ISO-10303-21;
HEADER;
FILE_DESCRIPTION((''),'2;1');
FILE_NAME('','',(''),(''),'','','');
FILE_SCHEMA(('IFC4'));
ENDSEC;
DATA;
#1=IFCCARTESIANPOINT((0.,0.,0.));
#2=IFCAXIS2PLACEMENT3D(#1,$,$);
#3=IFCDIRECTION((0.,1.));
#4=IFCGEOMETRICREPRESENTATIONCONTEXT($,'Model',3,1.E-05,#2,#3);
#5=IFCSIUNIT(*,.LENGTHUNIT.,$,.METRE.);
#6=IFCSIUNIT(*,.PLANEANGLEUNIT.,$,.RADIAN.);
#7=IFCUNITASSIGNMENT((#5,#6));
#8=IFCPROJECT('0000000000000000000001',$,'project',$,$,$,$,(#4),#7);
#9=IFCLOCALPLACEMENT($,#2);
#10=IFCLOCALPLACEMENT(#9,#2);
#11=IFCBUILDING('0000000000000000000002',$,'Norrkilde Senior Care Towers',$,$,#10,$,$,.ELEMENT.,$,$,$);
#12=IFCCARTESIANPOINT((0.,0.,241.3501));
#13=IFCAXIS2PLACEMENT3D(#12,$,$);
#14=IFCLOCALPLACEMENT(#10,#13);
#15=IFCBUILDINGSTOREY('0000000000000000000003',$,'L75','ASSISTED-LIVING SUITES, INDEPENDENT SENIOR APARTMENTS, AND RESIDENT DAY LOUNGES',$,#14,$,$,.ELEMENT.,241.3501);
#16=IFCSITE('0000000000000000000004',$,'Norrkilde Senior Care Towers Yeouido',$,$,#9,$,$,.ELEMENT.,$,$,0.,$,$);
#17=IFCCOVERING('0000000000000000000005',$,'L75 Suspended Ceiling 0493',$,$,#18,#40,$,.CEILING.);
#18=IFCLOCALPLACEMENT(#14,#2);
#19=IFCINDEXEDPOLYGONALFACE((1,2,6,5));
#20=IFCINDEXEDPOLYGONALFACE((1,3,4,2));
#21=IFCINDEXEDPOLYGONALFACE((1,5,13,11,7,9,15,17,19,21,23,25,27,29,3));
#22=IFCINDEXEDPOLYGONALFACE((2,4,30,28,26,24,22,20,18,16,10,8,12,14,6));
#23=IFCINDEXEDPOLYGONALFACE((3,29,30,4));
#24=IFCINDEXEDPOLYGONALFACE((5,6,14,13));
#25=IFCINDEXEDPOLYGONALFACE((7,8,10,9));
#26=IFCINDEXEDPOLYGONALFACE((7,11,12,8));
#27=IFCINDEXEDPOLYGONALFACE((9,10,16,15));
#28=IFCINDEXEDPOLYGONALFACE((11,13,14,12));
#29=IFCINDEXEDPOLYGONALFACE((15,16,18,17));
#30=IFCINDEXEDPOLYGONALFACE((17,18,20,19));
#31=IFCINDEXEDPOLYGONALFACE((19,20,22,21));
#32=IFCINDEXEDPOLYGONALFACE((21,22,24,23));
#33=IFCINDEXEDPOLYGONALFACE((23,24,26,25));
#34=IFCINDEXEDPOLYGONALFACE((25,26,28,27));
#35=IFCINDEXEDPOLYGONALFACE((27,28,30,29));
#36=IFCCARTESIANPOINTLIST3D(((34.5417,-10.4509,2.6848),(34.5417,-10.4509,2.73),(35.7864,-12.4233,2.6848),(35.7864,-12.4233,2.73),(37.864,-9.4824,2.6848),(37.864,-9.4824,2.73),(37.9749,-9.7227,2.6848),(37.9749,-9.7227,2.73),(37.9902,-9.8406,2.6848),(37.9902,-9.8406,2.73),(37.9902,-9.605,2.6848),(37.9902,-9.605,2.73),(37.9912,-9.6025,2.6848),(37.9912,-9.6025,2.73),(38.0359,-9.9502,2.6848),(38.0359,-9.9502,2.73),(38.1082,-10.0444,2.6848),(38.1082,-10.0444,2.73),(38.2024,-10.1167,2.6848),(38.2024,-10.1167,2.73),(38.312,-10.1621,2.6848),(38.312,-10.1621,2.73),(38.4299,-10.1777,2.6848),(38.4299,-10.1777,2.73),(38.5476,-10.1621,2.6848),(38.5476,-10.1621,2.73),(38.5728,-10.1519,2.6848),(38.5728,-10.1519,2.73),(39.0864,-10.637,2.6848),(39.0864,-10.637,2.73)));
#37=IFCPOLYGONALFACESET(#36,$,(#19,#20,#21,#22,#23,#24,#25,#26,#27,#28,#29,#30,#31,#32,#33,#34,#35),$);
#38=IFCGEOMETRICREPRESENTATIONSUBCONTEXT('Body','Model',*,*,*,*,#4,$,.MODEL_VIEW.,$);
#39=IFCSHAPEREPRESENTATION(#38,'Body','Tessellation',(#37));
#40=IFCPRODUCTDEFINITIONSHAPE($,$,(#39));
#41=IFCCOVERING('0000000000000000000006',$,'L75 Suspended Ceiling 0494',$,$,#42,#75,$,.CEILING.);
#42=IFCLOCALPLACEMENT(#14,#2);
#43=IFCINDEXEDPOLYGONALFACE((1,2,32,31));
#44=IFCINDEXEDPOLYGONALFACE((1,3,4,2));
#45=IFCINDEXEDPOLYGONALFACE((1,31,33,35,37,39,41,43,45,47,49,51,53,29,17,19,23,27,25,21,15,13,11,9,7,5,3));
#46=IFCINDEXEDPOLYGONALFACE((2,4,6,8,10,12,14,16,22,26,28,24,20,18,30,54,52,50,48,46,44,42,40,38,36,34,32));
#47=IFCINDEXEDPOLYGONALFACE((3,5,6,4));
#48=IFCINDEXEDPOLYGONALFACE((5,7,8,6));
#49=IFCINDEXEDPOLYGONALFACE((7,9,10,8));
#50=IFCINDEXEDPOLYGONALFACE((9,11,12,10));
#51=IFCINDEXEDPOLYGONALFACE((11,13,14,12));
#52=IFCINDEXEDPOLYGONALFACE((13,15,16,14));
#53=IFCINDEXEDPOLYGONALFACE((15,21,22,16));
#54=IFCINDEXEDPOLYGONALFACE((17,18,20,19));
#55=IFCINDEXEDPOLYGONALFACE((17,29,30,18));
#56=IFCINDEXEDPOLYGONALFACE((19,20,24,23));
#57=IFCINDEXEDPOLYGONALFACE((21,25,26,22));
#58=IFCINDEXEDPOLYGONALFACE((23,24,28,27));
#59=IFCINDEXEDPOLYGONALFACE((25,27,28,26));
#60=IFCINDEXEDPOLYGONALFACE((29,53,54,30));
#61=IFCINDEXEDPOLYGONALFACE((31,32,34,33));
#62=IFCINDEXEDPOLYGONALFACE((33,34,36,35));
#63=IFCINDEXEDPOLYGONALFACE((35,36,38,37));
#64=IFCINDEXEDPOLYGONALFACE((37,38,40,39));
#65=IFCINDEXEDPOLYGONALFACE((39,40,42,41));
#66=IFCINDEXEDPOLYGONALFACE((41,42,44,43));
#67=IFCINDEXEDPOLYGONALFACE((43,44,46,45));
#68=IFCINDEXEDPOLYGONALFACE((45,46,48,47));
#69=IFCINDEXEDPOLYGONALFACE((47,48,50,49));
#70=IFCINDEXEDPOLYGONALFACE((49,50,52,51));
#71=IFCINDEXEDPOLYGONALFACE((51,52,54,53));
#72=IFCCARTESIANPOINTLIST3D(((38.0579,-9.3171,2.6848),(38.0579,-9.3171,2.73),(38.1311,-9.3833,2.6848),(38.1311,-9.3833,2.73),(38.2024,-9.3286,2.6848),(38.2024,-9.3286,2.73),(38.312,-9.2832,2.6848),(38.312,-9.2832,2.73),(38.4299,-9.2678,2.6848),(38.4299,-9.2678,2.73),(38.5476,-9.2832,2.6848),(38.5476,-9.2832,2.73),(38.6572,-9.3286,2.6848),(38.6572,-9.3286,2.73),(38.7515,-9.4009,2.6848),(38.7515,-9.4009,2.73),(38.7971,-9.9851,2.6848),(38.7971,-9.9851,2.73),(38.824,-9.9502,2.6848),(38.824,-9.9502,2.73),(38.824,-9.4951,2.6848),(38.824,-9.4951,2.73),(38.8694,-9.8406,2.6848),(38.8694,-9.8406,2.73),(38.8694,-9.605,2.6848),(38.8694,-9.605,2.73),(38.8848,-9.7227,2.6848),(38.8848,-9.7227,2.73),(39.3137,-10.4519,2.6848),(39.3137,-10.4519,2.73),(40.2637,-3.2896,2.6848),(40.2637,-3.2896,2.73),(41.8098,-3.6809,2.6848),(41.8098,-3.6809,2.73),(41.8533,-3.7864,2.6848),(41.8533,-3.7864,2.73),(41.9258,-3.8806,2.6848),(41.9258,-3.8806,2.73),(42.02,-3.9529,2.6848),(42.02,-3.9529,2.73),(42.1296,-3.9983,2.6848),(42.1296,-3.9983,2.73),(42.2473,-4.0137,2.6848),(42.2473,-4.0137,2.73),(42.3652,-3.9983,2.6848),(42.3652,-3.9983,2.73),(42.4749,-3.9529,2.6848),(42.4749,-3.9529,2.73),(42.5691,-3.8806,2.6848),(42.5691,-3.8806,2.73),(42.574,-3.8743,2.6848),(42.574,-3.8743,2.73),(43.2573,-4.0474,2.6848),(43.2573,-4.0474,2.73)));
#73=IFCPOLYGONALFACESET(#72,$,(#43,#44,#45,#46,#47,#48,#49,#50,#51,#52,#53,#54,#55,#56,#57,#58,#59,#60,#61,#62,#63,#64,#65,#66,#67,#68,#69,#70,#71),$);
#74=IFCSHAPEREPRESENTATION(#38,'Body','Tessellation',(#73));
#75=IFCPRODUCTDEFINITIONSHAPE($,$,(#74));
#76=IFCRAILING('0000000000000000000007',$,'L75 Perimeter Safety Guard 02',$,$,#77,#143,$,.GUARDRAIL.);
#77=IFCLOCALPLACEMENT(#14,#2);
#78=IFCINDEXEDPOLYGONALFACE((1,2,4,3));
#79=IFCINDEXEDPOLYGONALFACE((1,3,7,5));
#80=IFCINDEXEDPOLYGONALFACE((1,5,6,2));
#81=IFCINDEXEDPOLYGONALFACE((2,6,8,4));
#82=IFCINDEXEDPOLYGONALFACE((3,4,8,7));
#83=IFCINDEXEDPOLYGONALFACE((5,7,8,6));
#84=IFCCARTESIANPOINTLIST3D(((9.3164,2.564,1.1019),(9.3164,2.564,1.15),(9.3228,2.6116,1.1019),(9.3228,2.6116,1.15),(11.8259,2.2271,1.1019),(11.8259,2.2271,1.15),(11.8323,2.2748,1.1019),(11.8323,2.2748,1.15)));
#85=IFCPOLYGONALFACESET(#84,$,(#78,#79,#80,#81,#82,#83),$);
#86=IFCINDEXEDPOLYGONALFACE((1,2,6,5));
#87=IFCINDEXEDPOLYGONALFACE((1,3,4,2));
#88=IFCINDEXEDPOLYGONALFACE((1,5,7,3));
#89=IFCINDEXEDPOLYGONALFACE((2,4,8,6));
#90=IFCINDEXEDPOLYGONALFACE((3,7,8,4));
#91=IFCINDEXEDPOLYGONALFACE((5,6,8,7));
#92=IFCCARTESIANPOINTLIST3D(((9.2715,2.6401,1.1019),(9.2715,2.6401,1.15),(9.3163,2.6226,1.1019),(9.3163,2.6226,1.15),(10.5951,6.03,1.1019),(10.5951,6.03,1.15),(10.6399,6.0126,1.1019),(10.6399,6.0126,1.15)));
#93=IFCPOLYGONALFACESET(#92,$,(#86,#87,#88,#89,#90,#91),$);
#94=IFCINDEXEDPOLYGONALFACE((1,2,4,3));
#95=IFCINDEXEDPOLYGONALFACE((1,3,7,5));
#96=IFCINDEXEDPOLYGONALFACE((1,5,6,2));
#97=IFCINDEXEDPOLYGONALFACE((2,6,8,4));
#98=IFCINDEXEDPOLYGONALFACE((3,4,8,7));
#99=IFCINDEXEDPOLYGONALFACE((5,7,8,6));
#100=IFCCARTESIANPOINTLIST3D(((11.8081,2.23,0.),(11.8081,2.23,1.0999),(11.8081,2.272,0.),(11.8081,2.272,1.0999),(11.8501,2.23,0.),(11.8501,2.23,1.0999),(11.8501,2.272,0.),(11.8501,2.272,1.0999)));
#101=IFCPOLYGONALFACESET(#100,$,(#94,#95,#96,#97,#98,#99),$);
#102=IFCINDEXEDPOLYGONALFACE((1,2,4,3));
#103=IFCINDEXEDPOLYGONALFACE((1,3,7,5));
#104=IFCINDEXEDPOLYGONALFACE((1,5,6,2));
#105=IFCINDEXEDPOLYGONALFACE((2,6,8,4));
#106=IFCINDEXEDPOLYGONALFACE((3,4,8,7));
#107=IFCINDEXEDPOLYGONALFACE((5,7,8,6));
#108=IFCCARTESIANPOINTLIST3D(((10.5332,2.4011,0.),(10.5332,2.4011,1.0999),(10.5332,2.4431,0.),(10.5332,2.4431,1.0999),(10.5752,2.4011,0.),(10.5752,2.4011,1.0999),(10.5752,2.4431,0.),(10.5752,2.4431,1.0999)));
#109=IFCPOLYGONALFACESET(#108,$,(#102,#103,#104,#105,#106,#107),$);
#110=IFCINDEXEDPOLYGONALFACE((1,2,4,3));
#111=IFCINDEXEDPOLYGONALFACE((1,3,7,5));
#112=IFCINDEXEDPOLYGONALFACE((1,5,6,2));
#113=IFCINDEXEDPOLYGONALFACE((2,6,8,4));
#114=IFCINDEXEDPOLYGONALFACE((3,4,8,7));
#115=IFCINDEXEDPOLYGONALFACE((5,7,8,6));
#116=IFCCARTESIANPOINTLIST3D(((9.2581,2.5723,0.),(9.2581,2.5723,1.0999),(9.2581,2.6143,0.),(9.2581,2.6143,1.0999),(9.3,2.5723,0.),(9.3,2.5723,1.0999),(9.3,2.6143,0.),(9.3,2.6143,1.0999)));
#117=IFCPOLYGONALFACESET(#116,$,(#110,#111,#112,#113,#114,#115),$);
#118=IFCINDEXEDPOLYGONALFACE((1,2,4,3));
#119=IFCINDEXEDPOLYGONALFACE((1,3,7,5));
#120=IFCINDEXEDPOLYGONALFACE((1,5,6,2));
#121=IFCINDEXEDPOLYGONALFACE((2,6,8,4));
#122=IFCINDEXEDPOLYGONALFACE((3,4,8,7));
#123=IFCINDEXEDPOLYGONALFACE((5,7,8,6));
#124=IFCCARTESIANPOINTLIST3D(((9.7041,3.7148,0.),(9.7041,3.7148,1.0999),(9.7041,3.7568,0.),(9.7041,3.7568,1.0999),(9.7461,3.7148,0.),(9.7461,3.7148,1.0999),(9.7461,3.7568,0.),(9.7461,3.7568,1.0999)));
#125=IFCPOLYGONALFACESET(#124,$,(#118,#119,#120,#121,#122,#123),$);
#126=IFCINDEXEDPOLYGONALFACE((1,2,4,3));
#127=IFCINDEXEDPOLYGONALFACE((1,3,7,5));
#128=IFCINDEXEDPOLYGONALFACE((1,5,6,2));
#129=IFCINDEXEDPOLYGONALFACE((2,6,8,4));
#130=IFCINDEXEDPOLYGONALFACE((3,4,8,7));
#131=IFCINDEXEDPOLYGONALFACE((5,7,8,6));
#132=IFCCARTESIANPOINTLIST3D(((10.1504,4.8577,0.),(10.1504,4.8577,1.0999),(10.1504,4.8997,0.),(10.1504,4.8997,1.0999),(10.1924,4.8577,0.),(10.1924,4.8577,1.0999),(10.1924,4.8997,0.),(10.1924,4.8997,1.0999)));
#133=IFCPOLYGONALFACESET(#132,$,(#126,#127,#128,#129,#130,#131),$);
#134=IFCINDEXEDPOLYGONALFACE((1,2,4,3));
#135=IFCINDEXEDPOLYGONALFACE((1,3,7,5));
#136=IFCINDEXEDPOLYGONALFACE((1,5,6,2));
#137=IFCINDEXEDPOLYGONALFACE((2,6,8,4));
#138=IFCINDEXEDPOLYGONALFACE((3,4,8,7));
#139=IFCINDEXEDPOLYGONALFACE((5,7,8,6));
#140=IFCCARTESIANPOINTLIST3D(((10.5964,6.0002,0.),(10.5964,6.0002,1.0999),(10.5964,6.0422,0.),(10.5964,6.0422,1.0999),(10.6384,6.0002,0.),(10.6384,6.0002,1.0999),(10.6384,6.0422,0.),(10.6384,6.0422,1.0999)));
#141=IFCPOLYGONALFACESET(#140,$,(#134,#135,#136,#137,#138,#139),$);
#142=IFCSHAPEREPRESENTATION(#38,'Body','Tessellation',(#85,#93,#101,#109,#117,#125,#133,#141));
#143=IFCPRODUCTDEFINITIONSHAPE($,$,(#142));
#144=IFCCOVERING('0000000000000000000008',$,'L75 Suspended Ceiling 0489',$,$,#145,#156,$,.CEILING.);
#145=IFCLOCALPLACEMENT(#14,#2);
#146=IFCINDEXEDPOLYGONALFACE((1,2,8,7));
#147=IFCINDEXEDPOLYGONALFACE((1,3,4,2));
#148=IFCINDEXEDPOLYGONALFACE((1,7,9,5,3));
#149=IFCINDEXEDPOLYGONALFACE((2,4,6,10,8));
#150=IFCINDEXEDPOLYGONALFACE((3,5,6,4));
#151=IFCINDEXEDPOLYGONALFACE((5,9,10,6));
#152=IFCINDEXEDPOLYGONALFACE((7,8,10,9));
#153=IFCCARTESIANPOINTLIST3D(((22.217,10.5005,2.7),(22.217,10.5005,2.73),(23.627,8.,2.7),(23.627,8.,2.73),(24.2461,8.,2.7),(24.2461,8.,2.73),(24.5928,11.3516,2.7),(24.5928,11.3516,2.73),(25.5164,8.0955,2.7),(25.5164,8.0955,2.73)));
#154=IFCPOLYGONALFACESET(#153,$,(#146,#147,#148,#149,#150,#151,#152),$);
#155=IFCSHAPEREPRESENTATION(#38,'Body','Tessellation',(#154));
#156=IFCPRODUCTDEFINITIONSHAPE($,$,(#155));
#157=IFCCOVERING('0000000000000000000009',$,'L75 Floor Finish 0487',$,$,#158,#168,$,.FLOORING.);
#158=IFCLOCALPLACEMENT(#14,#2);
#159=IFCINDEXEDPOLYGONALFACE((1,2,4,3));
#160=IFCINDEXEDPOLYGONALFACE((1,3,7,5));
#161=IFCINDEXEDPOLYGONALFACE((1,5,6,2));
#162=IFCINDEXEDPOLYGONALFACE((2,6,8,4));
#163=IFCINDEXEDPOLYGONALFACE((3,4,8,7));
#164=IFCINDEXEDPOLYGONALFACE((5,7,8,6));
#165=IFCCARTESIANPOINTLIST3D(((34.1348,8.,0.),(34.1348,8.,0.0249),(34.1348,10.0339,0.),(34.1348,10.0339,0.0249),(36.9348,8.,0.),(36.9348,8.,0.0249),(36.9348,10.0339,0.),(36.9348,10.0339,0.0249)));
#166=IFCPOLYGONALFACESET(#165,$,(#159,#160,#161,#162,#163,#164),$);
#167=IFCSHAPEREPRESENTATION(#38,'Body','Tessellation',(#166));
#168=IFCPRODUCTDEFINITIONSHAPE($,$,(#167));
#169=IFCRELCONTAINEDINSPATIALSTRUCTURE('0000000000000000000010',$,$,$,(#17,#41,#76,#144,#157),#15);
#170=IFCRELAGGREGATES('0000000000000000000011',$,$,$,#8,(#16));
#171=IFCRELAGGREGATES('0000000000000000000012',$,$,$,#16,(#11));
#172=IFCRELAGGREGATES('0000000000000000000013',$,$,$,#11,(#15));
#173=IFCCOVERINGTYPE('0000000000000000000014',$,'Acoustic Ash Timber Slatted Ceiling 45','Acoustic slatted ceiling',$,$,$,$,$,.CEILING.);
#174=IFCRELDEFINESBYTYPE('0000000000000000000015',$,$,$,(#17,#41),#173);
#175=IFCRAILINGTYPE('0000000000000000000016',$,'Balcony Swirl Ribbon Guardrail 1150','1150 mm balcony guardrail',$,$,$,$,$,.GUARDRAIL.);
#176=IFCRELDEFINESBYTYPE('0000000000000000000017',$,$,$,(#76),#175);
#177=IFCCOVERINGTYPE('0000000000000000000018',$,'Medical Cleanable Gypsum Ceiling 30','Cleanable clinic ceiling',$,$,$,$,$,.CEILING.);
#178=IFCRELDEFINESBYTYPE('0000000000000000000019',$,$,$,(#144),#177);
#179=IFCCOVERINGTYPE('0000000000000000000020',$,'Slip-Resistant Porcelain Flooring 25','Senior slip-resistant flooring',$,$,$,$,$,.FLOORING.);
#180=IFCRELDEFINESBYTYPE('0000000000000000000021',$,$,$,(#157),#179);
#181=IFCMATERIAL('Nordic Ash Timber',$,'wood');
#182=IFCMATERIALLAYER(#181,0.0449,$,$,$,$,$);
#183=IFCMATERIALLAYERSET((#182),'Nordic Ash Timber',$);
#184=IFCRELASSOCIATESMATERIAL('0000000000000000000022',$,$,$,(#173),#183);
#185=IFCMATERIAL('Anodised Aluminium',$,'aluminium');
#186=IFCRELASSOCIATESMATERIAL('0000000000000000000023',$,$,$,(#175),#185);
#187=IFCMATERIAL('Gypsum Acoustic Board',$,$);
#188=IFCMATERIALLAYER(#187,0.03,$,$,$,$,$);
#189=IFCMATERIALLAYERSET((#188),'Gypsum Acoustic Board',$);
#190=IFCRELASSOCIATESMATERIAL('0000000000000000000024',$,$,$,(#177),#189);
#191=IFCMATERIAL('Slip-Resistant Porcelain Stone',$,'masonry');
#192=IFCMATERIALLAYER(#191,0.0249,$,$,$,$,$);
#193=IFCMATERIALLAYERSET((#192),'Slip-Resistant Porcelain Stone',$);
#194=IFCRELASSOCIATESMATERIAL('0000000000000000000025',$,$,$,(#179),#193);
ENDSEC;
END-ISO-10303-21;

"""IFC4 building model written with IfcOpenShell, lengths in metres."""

from ifc_helpers import new_model, si_unit, direction, frame, origin, origin_2d, place, context, subcontext, project, spatial, polyline, rectangle, outline, extrude, material, layer, layer_set, type_object, element, save


model = new_model("IFC4")

# Units and contexts
model_context = context("Model", 3, precision=1e-05, world=origin(), true_north=direction((0.0, 1.0)))
body_context = subcontext(model_context, "Body", "Model", "MODEL_VIEW")
ifc_project = project(units=[si_unit("LENGTHUNIT", "METRE"), si_unit("PLANEANGLEUNIT", "RADIAN")], contexts=[model_context])

# Site, building, storey
site_placement = place(None, origin())
site = spatial("IfcSite", under=ifc_project, at=site_placement, Name="Norrkilde Senior Care Towers Yeouido", CompositionType="ELEMENT", RefElevation=0.0)
building_placement = place(site_placement, origin())
building = spatial("IfcBuilding", under=site, at=building_placement, Name="Norrkilde Senior Care Towers", CompositionType="ELEMENT")
storey_placement = place(building_placement, frame((0.0, 0.0, 241.3501)))
storey = spatial("IfcBuildingStorey", under=building, at=storey_placement, Name="L75", Description="ASSISTED-LIVING SUITES, INDEPENDENT SENIOR APARTMENTS, AND RESIDENT DAY LOUNGES", CompositionType="ELEMENT", Elevation=241.3501)

# Shared definitions
ifc_material_1 = material(Name="Anodised Aluminium", Category="aluminium")

# Shared definitions
ifc_material_2 = material(Name="Gypsum Acoustic Board")
ifc_material_3 = material(Name="Nordic Ash Timber", Category="wood")

# Coverings
ifc_layer_1 = layer(ifc_material_3, 0.0449)
ifc_layer_set_1 = layer_set([ifc_layer_1], Name="Nordic Ash Timber")
covering_type_1 = type_object("IfcCoveringType", Name="Acoustic Ash Timber Slatted Ceiling 45", Description="Acoustic slatted ceiling", PredefinedType="CEILING", material=ifc_layer_set_1)
covering_1_placement = place(storey_placement, frame((0.0, 0.0, 2.6848)))
element("IfcCovering", 1, at=covering_1_placement, inside=storey, type_object=covering_type_1, Name="L75 Suspended Ceiling 0493", PredefinedType="CEILING", context=body_context, shape_type="SweptSolid", body=[
    extrude(outline(polyline([(37.9912, -9.6025), (37.9902, -9.605), (37.9749, -9.7227), (37.9902, -9.8406), (38.0359, -9.9502), (38.1082, -10.0444), (38.2024, -10.1167), (38.312, -10.1621), (38.4299, -10.1777), (38.5476, -10.1621), (38.5728, -10.1519), (39.0864, -10.637), (35.7864, -12.4233), (34.5417, -10.4509), (37.864, -9.4824), (37.9912, -9.6025)])), origin(), (0.0, 0.0, 1.0), 0.0452),
])
covering_2_placement = place(storey_placement, frame((0.0, 0.0, 2.6848)))
element("IfcCovering", 2, at=covering_2_placement, inside=storey, type_object=covering_type_1, Name="L75 Suspended Ceiling 0494", PredefinedType="CEILING", context=body_context, shape_type="SweptSolid", body=[
    extrude(outline(polyline([(39.3137, -10.4519), (38.7971, -9.9851), (38.824, -9.9502), (38.8694, -9.8406), (38.8848, -9.7227), (38.8694, -9.605), (38.824, -9.4951), (38.7515, -9.4009), (38.6572, -9.3286), (38.5476, -9.2832), (38.4299, -9.2678), (38.312, -9.2832), (38.2024, -9.3286), (38.1311, -9.3833), (38.0579, -9.3171), (40.2637, -3.2896), (41.8098, -3.6809), (41.8533, -3.7864), (41.9258, -3.8806), (42.02, -3.9529), (42.1296, -3.9983), (42.2473, -4.0137), (42.3652, -3.9983), (42.4749, -3.9529), (42.5691, -3.8806), (42.574, -3.8743), (43.2573, -4.0474), (39.3137, -10.4519)])), origin(), (0.0, 0.0, 1.0), 0.0452),
])

# Railing
railing_type = type_object("IfcRailingType", Name="Balcony Swirl Ribbon Guardrail 1150", Description="1150 mm balcony guardrail", PredefinedType="GUARDRAIL", material=ifc_material_1)
railing_1_placement = place(storey_placement, frame((11.8291, 2.251, 0.0)))
element("IfcRailing", 3, at=railing_1_placement, inside=storey, type_object=railing_type, Name="L75 Perimeter Safety Guard 02", PredefinedType="GUARDRAIL", context=body_context, shape_type="SweptSolid", body=[
    extrude(rectangle(XDim=0.0481, YDim=0.0481, at=origin_2d()), frame((0.0, 0.0, 1.126), z_axis=(-0.991111, 0.133034, 0.0), x_axis=(-0.133034, -0.991111, 0.0)), (0.0, 0.0, 1.0), 2.532),
    extrude(rectangle(XDim=0.0481, YDim=0.0481, at=origin_2d()), frame((-2.5352, 0.3804, 1.126), z_axis=(0.363691, 0.93152, 0.0), x_axis=(-0.93152, 0.363691, 0.0)), (0.0, 0.0, 1.0), 3.6392),
    extrude(rectangle(XDim=0.042, YDim=0.042, at=origin_2d()), origin(), (0.0, 0.0, 1.0), 1.0999),
    extrude(rectangle(XDim=0.042, YDim=0.042, at=origin_2d()), frame((-1.2749, 0.1711, 0.0)), (0.0, 0.0, 1.0), 1.0999),
    extrude(rectangle(XDim=0.042, YDim=0.042, at=origin_2d()), frame((-2.55, 0.3423, 0.0)), (0.0, 0.0, 1.0), 1.0999),
    extrude(rectangle(XDim=0.042, YDim=0.042, at=origin_2d()), frame((-2.104, 1.4849, 0.0)), (0.0, 0.0, 1.0), 1.0999),
    extrude(rectangle(XDim=0.042, YDim=0.042, at=origin_2d()), frame((-1.6577, 2.6277, 0.0)), (0.0, 0.0, 1.0), 1.0999),
    extrude(rectangle(XDim=0.042, YDim=0.042, at=origin_2d()), frame((-1.2117, 3.7703, 0.0)), (0.0, 0.0, 1.0), 1.0999),
])

# Coverings
ifc_layer_2 = layer(ifc_material_2, 0.03)
ifc_layer_set_2 = layer_set([ifc_layer_2], Name="Gypsum Acoustic Board")
covering_type_2 = type_object("IfcCoveringType", Name="Medical Cleanable Gypsum Ceiling 30", Description="Cleanable clinic ceiling", PredefinedType="CEILING", material=ifc_layer_set_2)
covering_3_placement = place(storey_placement, frame((0.0, 0.0, 2.7)))
element("IfcCovering", 4, at=covering_3_placement, inside=storey, type_object=covering_type_2, Name="L75 Suspended Ceiling 0489", PredefinedType="CEILING", context=body_context, shape_type="SweptSolid", body=[
    extrude(outline(polyline([(22.217, 10.5005), (24.5928, 11.3516), (25.5164, 8.0955), (24.2461, 8.0), (23.627, 8.0), (22.217, 10.5005)])), origin(), (0.0, 0.0, 1.0), 0.03),
])
ifc_material_4 = material(Name="Slip-Resistant Porcelain Stone", Category="masonry")
ifc_layer_3 = layer(ifc_material_4, 0.0249)
ifc_layer_set_3 = layer_set([ifc_layer_3], Name="Slip-Resistant Porcelain Stone")
covering_type_3 = type_object("IfcCoveringType", Name="Slip-Resistant Porcelain Flooring 25", Description="Senior slip-resistant flooring", PredefinedType="FLOORING", material=ifc_layer_set_3)
covering_4_placement = place(storey_placement, origin())
element("IfcCovering", 5, at=covering_4_placement, inside=storey, type_object=covering_type_3, Name="L75 Floor Finish 0487", PredefinedType="FLOORING", context=body_context, shape_type="SweptSolid", body=[
    extrude(outline(polyline([(34.1348, 10.0339), (36.9348, 10.0339), (36.9348, 8.0), (34.1348, 8.0), (34.1348, 10.0339)])), origin(), (0.0, 0.0, 1.0), 0.0249),
])

save(model, "model.ifc")
